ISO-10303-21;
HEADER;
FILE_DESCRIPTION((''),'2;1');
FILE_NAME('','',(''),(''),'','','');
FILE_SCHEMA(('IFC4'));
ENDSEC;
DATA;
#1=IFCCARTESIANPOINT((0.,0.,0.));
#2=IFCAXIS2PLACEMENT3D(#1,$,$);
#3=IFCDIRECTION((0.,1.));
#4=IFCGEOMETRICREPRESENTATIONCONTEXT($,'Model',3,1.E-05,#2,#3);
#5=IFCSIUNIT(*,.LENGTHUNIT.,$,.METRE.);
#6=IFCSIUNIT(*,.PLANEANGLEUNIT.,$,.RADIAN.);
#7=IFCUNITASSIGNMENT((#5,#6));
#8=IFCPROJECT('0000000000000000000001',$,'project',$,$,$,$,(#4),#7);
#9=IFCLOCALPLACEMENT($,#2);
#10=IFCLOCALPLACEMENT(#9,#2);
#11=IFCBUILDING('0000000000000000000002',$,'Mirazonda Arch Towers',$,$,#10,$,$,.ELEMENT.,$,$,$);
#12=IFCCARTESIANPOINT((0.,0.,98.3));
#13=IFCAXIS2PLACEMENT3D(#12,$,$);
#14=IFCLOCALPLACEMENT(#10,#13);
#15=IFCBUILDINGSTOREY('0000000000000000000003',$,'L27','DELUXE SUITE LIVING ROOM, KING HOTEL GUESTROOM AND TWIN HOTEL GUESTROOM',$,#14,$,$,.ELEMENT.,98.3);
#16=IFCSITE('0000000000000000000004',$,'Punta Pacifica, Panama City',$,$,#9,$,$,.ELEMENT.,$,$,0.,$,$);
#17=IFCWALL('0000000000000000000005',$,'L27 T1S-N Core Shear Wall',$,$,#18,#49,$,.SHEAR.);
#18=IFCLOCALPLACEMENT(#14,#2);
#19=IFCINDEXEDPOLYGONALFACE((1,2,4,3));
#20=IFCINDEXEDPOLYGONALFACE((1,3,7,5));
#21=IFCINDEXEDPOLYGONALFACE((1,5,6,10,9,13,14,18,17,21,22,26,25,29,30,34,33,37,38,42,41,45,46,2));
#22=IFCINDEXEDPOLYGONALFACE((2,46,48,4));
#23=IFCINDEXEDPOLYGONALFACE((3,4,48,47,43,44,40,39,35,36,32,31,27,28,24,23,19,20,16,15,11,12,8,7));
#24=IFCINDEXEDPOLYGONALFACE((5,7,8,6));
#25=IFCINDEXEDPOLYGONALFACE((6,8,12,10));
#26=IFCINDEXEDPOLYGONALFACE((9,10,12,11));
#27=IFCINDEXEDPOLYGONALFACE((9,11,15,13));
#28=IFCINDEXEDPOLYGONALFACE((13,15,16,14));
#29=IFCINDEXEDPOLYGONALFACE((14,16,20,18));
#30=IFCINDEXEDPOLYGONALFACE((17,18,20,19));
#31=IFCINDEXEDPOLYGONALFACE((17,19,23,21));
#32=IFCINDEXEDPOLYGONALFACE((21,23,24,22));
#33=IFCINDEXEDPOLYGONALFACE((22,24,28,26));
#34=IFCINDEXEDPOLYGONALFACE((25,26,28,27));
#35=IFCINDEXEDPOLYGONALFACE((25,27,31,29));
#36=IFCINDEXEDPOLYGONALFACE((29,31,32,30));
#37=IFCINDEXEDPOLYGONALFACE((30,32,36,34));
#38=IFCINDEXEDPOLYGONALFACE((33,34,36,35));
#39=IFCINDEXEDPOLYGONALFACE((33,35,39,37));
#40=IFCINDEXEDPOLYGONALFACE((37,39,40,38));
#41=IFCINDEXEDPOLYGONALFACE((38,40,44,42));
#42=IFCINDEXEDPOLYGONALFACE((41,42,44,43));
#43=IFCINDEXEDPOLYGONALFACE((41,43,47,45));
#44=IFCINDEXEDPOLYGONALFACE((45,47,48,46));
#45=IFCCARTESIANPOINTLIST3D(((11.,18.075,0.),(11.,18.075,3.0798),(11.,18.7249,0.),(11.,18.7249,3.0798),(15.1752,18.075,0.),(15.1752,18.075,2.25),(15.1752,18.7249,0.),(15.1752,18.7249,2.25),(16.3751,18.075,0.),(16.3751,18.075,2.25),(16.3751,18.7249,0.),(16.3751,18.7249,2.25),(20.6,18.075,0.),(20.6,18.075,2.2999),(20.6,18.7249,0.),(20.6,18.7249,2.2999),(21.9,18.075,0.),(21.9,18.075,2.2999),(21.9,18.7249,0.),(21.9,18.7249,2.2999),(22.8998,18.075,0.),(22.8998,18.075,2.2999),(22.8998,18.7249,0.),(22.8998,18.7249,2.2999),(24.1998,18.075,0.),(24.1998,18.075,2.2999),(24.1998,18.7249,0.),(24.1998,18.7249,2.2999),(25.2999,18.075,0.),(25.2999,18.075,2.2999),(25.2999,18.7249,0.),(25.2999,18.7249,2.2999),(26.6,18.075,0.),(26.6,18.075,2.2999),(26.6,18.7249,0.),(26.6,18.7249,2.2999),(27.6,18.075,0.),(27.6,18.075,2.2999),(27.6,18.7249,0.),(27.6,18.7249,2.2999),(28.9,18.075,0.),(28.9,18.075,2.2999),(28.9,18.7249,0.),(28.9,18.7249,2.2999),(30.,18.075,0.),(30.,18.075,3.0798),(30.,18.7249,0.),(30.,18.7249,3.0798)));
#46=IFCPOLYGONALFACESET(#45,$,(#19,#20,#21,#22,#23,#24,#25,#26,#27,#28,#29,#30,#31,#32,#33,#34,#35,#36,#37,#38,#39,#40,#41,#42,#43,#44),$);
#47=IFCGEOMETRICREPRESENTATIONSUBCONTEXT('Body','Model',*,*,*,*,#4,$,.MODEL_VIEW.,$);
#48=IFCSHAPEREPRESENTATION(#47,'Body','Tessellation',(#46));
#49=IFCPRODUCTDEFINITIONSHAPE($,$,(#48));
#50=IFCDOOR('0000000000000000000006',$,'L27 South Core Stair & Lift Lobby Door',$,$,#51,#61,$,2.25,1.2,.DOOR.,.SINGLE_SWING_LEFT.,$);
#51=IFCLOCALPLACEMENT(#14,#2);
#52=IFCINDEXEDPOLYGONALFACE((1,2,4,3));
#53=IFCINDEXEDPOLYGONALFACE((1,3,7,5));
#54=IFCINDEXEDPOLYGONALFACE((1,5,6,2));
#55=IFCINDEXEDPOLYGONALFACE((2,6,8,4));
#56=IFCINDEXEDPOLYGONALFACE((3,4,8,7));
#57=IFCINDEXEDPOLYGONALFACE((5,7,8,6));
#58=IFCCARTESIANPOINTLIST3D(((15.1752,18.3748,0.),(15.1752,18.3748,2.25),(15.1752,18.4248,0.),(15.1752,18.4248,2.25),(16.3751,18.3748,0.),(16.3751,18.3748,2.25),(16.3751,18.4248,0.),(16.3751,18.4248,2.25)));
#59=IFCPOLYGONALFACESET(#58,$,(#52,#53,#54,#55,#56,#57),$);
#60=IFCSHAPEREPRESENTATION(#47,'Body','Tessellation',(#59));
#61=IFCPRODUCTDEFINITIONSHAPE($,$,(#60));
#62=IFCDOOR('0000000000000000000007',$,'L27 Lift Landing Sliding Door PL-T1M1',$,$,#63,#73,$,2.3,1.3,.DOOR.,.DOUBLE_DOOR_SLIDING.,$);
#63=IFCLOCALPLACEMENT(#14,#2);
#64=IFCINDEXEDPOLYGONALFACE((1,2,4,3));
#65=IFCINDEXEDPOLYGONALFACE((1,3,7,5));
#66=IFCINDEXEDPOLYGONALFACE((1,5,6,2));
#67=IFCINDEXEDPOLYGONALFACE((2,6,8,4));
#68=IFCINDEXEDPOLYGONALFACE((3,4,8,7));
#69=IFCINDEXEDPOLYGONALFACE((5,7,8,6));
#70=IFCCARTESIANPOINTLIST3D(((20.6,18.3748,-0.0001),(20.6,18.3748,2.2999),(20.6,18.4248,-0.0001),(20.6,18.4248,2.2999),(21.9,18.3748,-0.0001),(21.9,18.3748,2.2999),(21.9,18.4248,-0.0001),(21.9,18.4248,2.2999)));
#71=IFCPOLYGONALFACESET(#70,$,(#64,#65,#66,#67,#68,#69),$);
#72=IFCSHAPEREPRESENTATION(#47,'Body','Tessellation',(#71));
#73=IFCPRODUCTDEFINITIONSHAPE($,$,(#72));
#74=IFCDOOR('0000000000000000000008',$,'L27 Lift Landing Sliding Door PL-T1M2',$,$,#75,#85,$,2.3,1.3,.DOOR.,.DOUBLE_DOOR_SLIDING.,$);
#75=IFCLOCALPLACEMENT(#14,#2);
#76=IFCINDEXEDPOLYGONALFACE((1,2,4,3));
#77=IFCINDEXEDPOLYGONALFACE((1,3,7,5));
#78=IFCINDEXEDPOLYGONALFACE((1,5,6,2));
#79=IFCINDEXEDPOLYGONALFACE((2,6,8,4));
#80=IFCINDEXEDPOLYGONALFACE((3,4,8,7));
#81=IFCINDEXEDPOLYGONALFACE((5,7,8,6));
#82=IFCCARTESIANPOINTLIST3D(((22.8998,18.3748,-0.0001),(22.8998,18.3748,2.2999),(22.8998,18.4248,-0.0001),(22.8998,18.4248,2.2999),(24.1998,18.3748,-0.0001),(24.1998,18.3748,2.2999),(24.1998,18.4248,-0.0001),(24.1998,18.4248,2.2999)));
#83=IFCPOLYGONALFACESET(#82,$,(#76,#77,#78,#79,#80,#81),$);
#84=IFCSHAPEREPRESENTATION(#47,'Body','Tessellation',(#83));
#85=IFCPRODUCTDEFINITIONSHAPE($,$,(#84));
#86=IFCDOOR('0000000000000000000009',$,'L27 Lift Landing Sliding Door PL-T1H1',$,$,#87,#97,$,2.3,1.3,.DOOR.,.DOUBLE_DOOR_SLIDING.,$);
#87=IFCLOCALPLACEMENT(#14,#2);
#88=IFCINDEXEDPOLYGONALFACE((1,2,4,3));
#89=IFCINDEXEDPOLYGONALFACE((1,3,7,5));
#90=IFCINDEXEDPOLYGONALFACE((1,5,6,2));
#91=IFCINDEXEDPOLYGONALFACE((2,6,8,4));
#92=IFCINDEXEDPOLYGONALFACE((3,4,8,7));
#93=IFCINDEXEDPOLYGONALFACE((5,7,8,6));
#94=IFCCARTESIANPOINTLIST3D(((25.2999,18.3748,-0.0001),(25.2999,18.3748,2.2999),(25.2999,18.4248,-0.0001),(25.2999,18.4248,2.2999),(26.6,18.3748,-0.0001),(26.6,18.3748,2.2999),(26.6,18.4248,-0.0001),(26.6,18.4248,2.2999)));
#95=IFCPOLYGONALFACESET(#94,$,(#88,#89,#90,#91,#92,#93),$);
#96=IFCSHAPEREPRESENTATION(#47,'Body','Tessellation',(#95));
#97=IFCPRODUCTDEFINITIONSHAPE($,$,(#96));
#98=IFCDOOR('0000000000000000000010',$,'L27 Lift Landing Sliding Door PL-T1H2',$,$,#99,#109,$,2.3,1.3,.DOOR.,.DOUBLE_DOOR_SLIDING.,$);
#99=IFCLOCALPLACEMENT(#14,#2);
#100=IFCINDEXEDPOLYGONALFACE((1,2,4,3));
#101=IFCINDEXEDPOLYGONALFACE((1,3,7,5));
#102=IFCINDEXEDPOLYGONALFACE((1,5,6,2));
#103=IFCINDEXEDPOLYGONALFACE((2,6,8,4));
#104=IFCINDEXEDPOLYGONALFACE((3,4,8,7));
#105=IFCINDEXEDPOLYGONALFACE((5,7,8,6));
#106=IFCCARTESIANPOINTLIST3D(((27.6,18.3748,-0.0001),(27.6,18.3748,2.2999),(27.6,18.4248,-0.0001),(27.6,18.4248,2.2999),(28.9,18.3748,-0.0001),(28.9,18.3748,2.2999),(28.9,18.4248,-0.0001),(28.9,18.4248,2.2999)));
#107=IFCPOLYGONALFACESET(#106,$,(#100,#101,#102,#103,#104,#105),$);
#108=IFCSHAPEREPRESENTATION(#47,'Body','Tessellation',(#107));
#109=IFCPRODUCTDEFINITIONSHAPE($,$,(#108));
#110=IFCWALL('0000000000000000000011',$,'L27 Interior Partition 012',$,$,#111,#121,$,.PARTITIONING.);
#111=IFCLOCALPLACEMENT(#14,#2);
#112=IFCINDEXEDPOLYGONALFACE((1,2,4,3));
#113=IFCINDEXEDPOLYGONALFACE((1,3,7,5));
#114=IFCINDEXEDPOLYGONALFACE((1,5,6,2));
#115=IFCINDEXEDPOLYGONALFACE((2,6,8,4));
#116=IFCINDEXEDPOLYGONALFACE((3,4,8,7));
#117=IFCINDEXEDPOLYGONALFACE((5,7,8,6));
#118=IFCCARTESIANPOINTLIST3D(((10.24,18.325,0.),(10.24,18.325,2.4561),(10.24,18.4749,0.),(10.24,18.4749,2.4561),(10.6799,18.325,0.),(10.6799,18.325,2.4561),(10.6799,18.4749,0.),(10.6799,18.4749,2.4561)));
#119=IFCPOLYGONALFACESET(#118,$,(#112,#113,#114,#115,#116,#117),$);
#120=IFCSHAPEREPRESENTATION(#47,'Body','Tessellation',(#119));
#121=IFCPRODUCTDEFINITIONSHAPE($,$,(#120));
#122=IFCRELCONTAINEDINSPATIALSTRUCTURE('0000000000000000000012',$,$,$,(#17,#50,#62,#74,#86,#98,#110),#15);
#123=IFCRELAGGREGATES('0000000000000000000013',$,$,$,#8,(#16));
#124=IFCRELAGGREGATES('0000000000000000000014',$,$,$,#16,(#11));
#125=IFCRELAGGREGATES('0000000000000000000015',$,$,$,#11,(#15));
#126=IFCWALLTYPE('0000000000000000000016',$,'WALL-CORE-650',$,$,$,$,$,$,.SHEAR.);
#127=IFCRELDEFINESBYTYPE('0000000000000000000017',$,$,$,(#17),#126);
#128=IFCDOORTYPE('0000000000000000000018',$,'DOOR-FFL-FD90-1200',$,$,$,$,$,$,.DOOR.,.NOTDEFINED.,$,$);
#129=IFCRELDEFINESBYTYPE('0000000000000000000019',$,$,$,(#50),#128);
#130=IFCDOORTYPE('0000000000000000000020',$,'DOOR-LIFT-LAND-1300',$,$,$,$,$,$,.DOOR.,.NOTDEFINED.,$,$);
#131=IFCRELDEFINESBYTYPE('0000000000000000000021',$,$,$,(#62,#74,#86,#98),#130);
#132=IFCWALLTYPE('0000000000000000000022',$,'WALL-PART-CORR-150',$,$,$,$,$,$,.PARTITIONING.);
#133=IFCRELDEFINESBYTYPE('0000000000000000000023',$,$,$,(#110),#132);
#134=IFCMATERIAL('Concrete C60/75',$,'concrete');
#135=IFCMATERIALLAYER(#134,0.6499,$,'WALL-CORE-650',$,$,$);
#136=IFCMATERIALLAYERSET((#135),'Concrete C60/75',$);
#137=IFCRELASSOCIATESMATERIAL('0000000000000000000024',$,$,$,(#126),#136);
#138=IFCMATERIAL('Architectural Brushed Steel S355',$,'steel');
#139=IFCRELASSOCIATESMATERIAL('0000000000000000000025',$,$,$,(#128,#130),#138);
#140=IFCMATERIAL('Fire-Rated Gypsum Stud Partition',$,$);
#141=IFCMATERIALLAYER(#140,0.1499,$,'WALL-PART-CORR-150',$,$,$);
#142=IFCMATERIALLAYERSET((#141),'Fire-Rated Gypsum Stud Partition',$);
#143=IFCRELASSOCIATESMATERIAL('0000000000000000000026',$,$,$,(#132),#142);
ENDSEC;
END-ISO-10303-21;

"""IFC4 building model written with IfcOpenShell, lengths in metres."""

from ifc_helpers import new_model, si_unit, direction, frame, frame_2d, origin, place, context, subcontext, project, spatial, rectangle, extrude, material, layer, layer_set, type_object, element, fill, save


model = new_model("IFC4")

# Units and contexts
model_context = context("Model", 3, precision=1e-05, world=origin(), true_north=direction((0.0, 1.0)))
body_context = subcontext(model_context, "Body", "Model", "MODEL_VIEW")
ifc_project = project(units=[si_unit("LENGTHUNIT", "METRE"), si_unit("PLANEANGLEUNIT", "RADIAN")], contexts=[model_context])

# Site, building, storey
site_placement = place(None, origin())
site = spatial("IfcSite", under=ifc_project, at=site_placement, Name="Punta Pacifica, Panama City", CompositionType="ELEMENT", RefElevation=0.0)
building_placement = place(site_placement, origin())
building = spatial("IfcBuilding", under=site, at=building_placement, Name="Mirazonda Arch Towers", CompositionType="ELEMENT")
storey_placement = place(building_placement, frame((0.0, 0.0, 98.3)))
storey = spatial("IfcBuildingStorey", under=building, at=storey_placement, Name="L27", Description="DELUXE SUITE LIVING ROOM, KING HOTEL GUESTROOM AND TWIN HOTEL GUESTROOM", CompositionType="ELEMENT", Elevation=98.3)

# Shared definitions
ifc_material_1 = material(Name="Architectural Brushed Steel S355", Category="steel")

# Wall, openings, doors
ifc_material_2 = material(Name="Concrete C60/75", Category="concrete")
ifc_layer_1 = layer(ifc_material_2, 0.6499, Name="WALL-CORE-650")
ifc_layer_set_1 = layer_set([ifc_layer_1], Name="Concrete C60/75")
wall_type_1 = type_object("IfcWallType", Name="WALL-CORE-650", PredefinedType="SHEAR", material=ifc_layer_set_1)
wall_1_placement = place(storey_placement, frame((11.0, 18.3999, 0.0), z_axis=(0.0, 0.0, 1.0), x_axis=(1.0, 0.0, 0.0)))
wall_1 = element("IfcWall", 1, at=wall_1_placement, inside=storey, type_object=wall_type_1, Name="L27 T1S-N Core Shear Wall", PredefinedType="SHEAR", context=body_context, shape_type="SweptSolid", body=[
    extrude(rectangle(XDim=19.0, YDim=0.6499, at=frame_2d((9.5, 0.0))), origin(), (0.0, 0.0, 1.0), 3.0798),
])
opening_1_placement = place(wall_1_placement, frame((4.175, 0.0, 0.0)))
opening_1 = element("IfcOpeningElement", 2, at=opening_1_placement, cuts=wall_1, PredefinedType="OPENING", context=body_context, shape_type="SweptSolid", body=[
    extrude(rectangle(XDim=1.2, YDim=2.25, at=frame_2d((0.6001, 1.125))), frame((0.0, 0.335, 0.0), z_axis=(0.0, -1.0, 0.0), x_axis=(1.0, 0.0, 0.0)), (0.0, 0.0, 1.0), 0.6699),
])
opening_2_placement = place(wall_1_placement, frame((9.6001, 0.0, 0.0)))
opening_2 = element("IfcOpeningElement", 3, at=opening_2_placement, cuts=wall_1, PredefinedType="OPENING", context=body_context, shape_type="SweptSolid", body=[
    extrude(rectangle(XDim=1.3, YDim=2.3, at=frame_2d((0.6499, 1.1499))), frame((0.0, 0.335, 0.0), z_axis=(0.0, -1.0, 0.0), x_axis=(1.0, 0.0, 0.0)), (0.0, 0.0, 1.0), 0.6699),
])
opening_3_placement = place(wall_1_placement, frame((11.8999, 0.0, 0.0)))
opening_3 = element("IfcOpeningElement", 4, at=opening_3_placement, cuts=wall_1, PredefinedType="OPENING", context=body_context, shape_type="SweptSolid", body=[
    extrude(rectangle(XDim=1.3, YDim=2.3, at=frame_2d((0.6499, 1.1499))), frame((0.0, 0.335, 0.0), z_axis=(0.0, -1.0, 0.0), x_axis=(1.0, 0.0, 0.0)), (0.0, 0.0, 1.0), 0.6699),
])
opening_4_placement = place(wall_1_placement, frame((14.3, 0.0, 0.0)))
opening_4 = element("IfcOpeningElement", 5, at=opening_4_placement, cuts=wall_1, PredefinedType="OPENING", context=body_context, shape_type="SweptSolid", body=[
    extrude(rectangle(XDim=1.3, YDim=2.3, at=frame_2d((0.6499, 1.1499))), frame((0.0, 0.335, 0.0), z_axis=(0.0, -1.0, 0.0), x_axis=(1.0, 0.0, 0.0)), (0.0, 0.0, 1.0), 0.6699),
])
opening_5_placement = place(wall_1_placement, frame((16.6001, 0.0, 0.0)))
opening_5 = element("IfcOpeningElement", 6, at=opening_5_placement, cuts=wall_1, PredefinedType="OPENING", context=body_context, shape_type="SweptSolid", body=[
    extrude(rectangle(XDim=1.3, YDim=2.3, at=frame_2d((0.6499, 1.1499))), frame((0.0, 0.335, 0.0), z_axis=(0.0, -1.0, 0.0), x_axis=(1.0, 0.0, 0.0)), (0.0, 0.0, 1.0), 0.6699),
])
door_type_1 = type_object("IfcDoorType", Name="DOOR-FFL-FD90-1200", OperationType="NOTDEFINED", PredefinedType="DOOR", material=ifc_material_1)
door_1_placement = place(opening_1_placement, origin())
door_1 = element("IfcDoor", 7, at=door_1_placement, inside=storey, type_object=door_type_1, Name="L27 South Core Stair & Lift Lobby Door", OperationType="SINGLE_SWING_LEFT", OverallHeight=2.25, OverallWidth=1.2, PredefinedType="DOOR", context=body_context, shape_type="SweptSolid", body=[
    extrude(rectangle(XDim=1.2, YDim=2.25, at=frame_2d((0.6001, 1.125))), frame((0.0, 0.0249, 0.0), z_axis=(0.0, -1.0, 0.0), x_axis=(1.0, 0.0, 0.0)), (0.0, 0.0, 1.0), 0.05),
])
fill(opening_1, door_1)
door_type_2 = type_object("IfcDoorType", Name="DOOR-LIFT-LAND-1300", OperationType="NOTDEFINED", PredefinedType="DOOR", material=ifc_material_1)
door_2_placement = place(opening_2_placement, origin())
door_2 = element("IfcDoor", 8, at=door_2_placement, inside=storey, type_object=door_type_2, Name="L27 Lift Landing Sliding Door PL-T1M1", OperationType="DOUBLE_DOOR_SLIDING", OverallHeight=2.3, OverallWidth=1.3, PredefinedType="DOOR", context=body_context, shape_type="SweptSolid", body=[
    extrude(rectangle(XDim=1.3, YDim=2.3, at=frame_2d((0.6499, 1.1499))), frame((0.0, 0.0249, 0.0), z_axis=(0.0, -1.0, 0.0), x_axis=(1.0, 0.0, 0.0)), (0.0, 0.0, 1.0), 0.05),
])
fill(opening_2, door_2)
door_3_placement = place(opening_3_placement, origin())
door_3 = element("IfcDoor", 9, at=door_3_placement, inside=storey, type_object=door_type_2, Name="L27 Lift Landing Sliding Door PL-T1M2", OperationType="DOUBLE_DOOR_SLIDING", OverallHeight=2.3, OverallWidth=1.3, PredefinedType="DOOR", context=body_context, shape_type="SweptSolid", body=[
    extrude(rectangle(XDim=1.3, YDim=2.3, at=frame_2d((0.6499, 1.1499))), frame((0.0, 0.0249, 0.0), z_axis=(0.0, -1.0, 0.0), x_axis=(1.0, 0.0, 0.0)), (0.0, 0.0, 1.0), 0.05),
])
fill(opening_3, door_3)
door_4_placement = place(opening_4_placement, origin())
door_4 = element("IfcDoor", 10, at=door_4_placement, inside=storey, type_object=door_type_2, Name="L27 Lift Landing Sliding Door PL-T1H1", OperationType="DOUBLE_DOOR_SLIDING", OverallHeight=2.3, OverallWidth=1.3, PredefinedType="DOOR", context=body_context, shape_type="SweptSolid", body=[
    extrude(rectangle(XDim=1.3, YDim=2.3, at=frame_2d((0.6499, 1.1499))), frame((0.0, 0.0249, 0.0), z_axis=(0.0, -1.0, 0.0), x_axis=(1.0, 0.0, 0.0)), (0.0, 0.0, 1.0), 0.05),
])
fill(opening_4, door_4)
door_5_placement = place(opening_5_placement, origin())
door_5 = element("IfcDoor", 11, at=door_5_placement, inside=storey, type_object=door_type_2, Name="L27 Lift Landing Sliding Door PL-T1H2", OperationType="DOUBLE_DOOR_SLIDING", OverallHeight=2.3, OverallWidth=1.3, PredefinedType="DOOR", context=body_context, shape_type="SweptSolid", body=[
    extrude(rectangle(XDim=1.3, YDim=2.3, at=frame_2d((0.6499, 1.1499))), frame((0.0, 0.0249, 0.0), z_axis=(0.0, -1.0, 0.0), x_axis=(1.0, 0.0, 0.0)), (0.0, 0.0, 1.0), 0.05),
])
fill(opening_5, door_5)

# Wall
ifc_material_3 = material(Name="Fire-Rated Gypsum Stud Partition")
ifc_layer_2 = layer(ifc_material_3, 0.1499, Name="WALL-PART-CORR-150")
ifc_layer_set_2 = layer_set([ifc_layer_2], Name="Fire-Rated Gypsum Stud Partition")
wall_type_2 = type_object("IfcWallType", Name="WALL-PART-CORR-150", PredefinedType="PARTITIONING", material=ifc_layer_set_2)
wall_2_placement = place(storey_placement, frame((10.24, 18.3999, 0.0), z_axis=(0.0, 0.0, 1.0), x_axis=(1.0, 0.0, 0.0)))
element("IfcWall", 12, at=wall_2_placement, inside=storey, type_object=wall_type_2, Name="L27 Interior Partition 012", PredefinedType="PARTITIONING", context=body_context, shape_type="SweptSolid", body=[
    extrude(rectangle(XDim=0.4399, YDim=0.1499, at=frame_2d((0.22, 0.0))), origin(), (0.0, 0.0, 1.0), 2.4561),
])

save(model, "model.ifc")
